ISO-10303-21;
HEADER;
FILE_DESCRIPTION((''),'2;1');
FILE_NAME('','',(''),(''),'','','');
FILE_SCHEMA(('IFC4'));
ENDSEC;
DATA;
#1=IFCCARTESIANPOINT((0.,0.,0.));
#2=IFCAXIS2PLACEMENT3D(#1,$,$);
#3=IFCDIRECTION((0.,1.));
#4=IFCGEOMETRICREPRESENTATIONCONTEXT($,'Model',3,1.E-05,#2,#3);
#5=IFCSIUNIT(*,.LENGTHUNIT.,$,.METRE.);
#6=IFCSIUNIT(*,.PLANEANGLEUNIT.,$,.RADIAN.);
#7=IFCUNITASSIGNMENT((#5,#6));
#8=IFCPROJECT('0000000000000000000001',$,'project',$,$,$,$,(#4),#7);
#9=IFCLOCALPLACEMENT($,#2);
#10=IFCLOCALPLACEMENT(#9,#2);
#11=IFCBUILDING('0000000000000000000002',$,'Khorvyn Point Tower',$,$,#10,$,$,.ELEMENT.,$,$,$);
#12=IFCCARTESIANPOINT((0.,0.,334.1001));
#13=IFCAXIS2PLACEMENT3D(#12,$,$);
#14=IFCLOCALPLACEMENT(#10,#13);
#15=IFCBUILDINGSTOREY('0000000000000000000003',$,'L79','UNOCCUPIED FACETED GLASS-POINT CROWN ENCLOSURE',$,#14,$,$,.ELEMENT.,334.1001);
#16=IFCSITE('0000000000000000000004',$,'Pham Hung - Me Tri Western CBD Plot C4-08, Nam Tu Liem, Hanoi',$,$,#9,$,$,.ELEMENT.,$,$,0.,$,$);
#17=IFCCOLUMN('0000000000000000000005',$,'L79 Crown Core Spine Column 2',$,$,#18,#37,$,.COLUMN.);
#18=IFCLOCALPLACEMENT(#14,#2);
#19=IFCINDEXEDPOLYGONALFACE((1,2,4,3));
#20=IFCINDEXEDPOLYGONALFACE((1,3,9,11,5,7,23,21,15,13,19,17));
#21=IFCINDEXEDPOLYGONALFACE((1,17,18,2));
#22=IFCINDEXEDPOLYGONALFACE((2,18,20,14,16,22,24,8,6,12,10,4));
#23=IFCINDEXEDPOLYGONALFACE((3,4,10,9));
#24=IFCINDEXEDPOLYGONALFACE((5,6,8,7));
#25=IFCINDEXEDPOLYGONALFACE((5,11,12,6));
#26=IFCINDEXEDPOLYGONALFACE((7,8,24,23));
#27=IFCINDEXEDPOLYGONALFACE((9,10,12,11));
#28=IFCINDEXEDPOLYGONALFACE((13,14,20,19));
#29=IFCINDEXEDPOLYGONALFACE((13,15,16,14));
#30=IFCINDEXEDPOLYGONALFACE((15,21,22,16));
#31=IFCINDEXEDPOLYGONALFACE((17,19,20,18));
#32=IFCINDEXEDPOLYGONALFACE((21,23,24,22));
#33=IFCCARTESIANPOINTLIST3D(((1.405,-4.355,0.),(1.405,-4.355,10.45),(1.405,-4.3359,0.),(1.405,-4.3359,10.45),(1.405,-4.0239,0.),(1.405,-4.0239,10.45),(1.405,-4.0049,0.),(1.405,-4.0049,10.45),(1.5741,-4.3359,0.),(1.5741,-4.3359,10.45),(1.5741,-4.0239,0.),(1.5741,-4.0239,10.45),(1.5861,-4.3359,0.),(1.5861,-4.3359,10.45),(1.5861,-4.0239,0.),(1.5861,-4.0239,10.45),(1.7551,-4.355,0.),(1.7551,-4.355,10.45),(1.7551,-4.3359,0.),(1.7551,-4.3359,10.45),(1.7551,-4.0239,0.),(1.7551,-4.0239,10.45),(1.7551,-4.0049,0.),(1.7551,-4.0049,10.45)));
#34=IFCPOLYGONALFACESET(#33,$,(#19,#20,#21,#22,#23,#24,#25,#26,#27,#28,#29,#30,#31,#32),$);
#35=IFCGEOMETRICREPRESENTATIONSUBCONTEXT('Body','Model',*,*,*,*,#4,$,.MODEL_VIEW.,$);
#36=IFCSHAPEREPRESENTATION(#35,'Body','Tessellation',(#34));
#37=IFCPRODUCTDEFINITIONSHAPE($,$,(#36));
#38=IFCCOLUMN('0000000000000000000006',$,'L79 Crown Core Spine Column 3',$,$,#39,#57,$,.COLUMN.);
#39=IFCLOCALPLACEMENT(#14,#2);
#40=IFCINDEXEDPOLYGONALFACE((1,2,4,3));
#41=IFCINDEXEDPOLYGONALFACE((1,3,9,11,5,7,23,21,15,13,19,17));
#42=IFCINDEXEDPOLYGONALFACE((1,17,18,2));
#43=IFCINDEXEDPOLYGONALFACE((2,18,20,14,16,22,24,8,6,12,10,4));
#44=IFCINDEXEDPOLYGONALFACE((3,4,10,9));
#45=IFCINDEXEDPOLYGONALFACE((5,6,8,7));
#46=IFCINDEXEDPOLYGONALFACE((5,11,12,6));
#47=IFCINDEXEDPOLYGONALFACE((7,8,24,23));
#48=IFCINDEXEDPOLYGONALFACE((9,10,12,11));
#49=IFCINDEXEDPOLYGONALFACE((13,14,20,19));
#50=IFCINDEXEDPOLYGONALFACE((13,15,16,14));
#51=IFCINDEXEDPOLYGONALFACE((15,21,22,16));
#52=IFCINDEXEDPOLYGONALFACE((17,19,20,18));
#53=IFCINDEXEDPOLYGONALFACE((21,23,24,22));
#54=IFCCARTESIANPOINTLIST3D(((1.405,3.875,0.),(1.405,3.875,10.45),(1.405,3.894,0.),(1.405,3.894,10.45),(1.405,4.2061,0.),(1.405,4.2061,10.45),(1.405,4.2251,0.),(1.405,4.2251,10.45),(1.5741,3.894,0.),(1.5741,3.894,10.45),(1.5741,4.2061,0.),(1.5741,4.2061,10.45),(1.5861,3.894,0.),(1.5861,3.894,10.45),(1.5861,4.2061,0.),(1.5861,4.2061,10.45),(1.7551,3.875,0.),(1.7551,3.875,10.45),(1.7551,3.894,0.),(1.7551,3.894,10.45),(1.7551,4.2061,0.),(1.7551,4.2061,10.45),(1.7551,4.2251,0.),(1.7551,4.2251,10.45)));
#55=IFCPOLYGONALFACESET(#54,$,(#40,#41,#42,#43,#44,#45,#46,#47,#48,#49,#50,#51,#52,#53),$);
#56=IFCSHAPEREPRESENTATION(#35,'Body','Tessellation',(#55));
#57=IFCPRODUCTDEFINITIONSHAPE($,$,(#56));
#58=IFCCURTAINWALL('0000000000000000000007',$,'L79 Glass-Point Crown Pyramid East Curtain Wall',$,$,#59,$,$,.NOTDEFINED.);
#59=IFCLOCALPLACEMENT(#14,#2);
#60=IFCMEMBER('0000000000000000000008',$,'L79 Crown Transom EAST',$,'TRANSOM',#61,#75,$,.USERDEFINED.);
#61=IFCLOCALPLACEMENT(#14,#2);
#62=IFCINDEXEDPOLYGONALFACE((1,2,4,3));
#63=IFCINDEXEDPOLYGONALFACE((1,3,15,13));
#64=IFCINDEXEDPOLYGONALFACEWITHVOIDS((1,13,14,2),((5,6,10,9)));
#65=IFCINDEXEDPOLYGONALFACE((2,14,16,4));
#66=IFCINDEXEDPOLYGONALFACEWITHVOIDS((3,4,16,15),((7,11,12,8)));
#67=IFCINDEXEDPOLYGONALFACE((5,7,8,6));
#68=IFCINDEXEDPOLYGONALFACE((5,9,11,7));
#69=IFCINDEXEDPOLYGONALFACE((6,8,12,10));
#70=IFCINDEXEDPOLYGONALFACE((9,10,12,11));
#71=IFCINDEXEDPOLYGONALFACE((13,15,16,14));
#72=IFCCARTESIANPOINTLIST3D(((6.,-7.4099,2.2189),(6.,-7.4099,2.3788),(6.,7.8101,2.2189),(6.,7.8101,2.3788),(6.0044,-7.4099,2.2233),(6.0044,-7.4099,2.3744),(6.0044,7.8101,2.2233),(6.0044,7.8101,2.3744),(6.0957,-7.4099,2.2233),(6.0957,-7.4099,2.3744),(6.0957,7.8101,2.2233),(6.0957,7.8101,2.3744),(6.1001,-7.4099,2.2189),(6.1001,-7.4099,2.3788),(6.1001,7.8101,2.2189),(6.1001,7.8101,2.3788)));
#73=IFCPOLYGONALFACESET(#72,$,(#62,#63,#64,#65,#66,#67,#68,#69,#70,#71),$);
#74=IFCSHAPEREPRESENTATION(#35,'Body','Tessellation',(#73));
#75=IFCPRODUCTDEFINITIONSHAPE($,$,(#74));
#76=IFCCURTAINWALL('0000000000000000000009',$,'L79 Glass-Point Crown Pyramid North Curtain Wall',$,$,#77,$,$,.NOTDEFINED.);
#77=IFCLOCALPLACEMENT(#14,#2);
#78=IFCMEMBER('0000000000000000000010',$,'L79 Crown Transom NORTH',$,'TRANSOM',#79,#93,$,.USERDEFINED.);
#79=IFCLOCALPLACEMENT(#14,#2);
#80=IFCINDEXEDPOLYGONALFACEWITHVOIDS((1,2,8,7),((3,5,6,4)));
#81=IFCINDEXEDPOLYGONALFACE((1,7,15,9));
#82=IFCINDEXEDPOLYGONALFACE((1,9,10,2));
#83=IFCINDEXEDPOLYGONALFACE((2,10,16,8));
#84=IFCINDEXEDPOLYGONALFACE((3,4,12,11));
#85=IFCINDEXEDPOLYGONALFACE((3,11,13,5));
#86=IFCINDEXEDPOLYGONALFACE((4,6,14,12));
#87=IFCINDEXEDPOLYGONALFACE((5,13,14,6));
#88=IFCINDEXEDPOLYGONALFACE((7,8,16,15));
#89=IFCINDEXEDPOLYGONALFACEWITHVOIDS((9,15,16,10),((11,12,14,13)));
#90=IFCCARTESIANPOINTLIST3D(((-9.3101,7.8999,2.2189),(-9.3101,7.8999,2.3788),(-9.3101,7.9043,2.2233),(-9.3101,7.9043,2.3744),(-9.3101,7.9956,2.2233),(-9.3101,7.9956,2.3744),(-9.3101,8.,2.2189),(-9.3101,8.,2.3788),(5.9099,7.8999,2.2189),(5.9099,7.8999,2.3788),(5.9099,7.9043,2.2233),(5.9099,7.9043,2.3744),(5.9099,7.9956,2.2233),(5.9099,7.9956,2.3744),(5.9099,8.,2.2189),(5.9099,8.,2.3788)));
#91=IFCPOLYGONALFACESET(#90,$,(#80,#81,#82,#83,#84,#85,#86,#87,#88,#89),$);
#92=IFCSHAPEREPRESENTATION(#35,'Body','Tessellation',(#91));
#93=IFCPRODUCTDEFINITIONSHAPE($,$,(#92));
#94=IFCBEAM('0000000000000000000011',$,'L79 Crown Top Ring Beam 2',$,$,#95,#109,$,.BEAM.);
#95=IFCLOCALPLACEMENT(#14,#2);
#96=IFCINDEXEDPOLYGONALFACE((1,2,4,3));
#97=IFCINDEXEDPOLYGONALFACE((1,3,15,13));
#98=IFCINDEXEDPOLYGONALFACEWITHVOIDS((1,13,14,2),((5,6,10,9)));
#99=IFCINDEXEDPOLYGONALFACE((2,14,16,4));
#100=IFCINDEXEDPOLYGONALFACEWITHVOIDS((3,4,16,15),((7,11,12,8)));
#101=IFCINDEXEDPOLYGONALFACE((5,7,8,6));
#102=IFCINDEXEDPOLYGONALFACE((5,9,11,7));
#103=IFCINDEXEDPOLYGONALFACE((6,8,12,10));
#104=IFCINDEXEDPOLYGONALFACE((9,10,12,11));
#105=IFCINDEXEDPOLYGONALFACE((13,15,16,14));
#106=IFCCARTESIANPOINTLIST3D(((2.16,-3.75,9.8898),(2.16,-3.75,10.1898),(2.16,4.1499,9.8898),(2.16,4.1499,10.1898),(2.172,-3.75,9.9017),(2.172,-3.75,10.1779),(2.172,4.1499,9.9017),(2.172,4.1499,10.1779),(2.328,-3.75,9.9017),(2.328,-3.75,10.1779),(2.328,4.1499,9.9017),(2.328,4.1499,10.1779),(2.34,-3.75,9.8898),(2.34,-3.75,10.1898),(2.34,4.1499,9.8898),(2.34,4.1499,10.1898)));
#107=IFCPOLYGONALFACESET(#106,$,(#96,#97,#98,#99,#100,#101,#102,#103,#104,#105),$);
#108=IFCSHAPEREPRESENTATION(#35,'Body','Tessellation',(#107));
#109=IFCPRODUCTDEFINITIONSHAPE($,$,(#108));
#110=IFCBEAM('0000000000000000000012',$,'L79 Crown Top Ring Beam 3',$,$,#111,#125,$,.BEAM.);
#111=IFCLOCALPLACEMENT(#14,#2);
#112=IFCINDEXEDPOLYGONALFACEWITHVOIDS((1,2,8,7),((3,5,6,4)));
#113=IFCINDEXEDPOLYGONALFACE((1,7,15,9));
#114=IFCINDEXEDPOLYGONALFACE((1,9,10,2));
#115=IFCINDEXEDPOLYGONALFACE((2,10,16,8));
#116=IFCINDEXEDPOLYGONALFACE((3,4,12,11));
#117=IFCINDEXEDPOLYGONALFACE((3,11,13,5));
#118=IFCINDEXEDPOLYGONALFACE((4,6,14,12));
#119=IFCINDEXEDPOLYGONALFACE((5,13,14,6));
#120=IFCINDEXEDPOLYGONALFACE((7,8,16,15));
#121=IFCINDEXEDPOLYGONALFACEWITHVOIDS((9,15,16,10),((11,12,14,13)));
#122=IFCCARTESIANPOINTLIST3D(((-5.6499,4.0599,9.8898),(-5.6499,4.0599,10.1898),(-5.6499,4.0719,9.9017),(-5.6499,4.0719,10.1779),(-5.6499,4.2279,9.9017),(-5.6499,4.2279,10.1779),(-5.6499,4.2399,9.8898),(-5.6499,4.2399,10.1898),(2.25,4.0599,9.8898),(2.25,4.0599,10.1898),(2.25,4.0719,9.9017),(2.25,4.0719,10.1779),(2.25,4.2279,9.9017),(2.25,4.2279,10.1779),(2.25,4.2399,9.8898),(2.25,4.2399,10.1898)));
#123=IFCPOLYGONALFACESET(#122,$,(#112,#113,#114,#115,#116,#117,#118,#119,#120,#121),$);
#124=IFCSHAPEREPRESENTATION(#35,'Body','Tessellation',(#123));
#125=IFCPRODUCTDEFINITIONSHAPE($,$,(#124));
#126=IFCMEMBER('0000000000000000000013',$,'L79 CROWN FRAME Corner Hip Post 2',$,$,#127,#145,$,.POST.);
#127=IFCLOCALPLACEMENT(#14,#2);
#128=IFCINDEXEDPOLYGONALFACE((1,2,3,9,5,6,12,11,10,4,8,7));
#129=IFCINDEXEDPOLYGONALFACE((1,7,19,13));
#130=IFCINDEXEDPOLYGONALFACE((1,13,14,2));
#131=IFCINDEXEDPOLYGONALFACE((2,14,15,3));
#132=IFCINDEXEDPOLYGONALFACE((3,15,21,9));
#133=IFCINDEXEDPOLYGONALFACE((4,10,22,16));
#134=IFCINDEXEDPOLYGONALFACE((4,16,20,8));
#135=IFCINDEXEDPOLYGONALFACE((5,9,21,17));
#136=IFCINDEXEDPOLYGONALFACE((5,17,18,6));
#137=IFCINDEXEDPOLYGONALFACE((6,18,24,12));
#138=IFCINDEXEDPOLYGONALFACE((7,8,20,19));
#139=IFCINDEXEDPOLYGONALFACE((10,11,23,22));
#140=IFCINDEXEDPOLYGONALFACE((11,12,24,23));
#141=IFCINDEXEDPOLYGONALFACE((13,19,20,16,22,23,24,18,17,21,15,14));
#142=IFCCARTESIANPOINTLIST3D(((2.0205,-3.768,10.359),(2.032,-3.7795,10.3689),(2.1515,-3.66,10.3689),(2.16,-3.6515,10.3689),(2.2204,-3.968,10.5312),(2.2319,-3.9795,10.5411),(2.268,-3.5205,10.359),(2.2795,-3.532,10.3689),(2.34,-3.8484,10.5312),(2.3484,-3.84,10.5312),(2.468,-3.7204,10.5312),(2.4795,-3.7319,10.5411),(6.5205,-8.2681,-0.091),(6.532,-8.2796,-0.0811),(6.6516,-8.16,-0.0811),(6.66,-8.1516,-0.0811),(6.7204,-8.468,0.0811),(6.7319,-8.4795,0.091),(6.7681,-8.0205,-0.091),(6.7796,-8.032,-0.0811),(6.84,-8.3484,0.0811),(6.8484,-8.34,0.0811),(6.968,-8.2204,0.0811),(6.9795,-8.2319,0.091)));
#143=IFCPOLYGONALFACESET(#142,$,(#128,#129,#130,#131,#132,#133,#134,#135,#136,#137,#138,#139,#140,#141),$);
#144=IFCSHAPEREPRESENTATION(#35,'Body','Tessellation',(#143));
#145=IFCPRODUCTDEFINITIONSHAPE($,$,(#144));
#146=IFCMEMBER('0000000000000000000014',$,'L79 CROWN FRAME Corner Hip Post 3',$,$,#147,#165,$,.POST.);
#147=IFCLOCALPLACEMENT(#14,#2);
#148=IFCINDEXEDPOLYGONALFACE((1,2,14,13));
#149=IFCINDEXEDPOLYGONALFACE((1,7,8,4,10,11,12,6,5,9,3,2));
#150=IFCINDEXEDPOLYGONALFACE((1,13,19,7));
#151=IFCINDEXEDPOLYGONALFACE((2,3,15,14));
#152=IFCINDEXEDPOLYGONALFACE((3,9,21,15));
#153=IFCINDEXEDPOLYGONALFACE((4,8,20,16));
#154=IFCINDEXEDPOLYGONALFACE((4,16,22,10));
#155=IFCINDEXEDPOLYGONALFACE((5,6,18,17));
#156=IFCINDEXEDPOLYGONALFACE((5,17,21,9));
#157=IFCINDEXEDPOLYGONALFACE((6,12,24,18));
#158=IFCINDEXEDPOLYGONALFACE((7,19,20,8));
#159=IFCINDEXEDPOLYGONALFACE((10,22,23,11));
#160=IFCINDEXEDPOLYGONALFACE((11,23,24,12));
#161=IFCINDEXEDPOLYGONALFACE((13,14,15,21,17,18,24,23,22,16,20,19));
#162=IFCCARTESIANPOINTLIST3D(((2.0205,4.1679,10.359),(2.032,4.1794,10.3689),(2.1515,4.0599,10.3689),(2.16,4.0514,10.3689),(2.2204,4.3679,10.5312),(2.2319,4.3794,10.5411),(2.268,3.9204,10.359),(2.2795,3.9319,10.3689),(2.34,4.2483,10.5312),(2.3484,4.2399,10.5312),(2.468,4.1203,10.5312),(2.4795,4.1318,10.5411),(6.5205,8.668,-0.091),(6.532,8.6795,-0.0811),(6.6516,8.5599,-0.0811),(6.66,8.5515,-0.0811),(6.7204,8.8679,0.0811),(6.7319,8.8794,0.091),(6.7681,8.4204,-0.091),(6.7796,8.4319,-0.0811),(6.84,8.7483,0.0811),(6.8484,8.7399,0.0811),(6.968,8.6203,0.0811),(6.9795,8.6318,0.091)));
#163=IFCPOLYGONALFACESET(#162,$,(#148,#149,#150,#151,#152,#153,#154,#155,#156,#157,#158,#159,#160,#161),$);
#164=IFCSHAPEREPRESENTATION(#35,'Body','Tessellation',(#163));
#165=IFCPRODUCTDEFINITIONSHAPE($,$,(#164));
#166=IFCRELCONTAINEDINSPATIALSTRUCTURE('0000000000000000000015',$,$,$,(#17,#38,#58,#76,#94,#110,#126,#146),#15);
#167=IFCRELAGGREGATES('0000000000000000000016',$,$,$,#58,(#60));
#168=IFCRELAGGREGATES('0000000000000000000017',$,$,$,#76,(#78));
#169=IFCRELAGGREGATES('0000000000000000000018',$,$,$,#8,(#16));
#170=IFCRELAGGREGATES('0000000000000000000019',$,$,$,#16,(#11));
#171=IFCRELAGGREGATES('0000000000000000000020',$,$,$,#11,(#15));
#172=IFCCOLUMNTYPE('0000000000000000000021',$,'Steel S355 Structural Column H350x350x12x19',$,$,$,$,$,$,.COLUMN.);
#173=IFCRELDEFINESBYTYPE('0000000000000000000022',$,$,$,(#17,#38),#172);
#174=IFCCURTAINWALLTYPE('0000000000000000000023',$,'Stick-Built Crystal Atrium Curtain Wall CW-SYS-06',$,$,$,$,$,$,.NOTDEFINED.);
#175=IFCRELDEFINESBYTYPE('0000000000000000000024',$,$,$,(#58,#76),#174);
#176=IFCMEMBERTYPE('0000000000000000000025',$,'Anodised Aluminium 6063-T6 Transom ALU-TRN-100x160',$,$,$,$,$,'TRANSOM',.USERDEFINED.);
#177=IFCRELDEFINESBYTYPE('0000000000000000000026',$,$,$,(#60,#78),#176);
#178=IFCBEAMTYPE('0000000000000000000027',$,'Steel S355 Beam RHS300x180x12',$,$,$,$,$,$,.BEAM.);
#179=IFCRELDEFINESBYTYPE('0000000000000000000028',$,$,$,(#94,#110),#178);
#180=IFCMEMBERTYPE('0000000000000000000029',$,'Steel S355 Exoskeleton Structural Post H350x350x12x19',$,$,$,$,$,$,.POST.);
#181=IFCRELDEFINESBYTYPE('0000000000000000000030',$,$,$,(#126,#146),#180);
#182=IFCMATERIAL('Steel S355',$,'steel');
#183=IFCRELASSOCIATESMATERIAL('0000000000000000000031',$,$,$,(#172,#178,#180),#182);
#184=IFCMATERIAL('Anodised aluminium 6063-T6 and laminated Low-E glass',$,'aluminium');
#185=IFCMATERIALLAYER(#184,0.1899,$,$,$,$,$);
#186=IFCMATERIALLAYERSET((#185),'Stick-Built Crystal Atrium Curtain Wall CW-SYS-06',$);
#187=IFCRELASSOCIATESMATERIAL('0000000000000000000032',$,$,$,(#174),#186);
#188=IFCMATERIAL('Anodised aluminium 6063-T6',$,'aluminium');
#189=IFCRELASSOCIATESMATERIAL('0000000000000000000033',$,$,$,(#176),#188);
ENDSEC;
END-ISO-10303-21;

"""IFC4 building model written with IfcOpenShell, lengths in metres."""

from ifc_helpers import new_model, si_unit, direction, frame, origin, origin_2d, place, context, subcontext, project, spatial, hollow_rectangle, i_section, extrude, material, layer, layer_set, material_profile, profile_set, type_object, element, aggregate, save


model = new_model("IFC4")

# Units and contexts
model_context = context("Model", 3, precision=1e-05, world=origin(), true_north=direction((0.0, 1.0)))
body_context = subcontext(model_context, "Body", "Model", "MODEL_VIEW")
ifc_project = project(units=[si_unit("LENGTHUNIT", "METRE"), si_unit("PLANEANGLEUNIT", "RADIAN")], contexts=[model_context])

# Site, building, storey
site_placement = place(None, origin())
site = spatial("IfcSite", under=ifc_project, at=site_placement, Name="Pham Hung - Me Tri Western CBD Plot C4-08, Nam Tu Liem, Hanoi", CompositionType="ELEMENT", RefElevation=0.0)
building_placement = place(site_placement, origin())
building = spatial("IfcBuilding", under=site, at=building_placement, Name="Khorvyn Point Tower", CompositionType="ELEMENT")
storey_placement = place(building_placement, frame((0.0, 0.0, 334.1001)))
storey = spatial("IfcBuildingStorey", under=building, at=storey_placement, Name="L79", Description="UNOCCUPIED FACETED GLASS-POINT CROWN ENCLOSURE", CompositionType="ELEMENT", Elevation=334.1001)

# Columns
ifc_material_1 = material(Name="Steel S355", Category="steel")
ifc_material_profile_1 = material_profile(ifc_material_1, i_section(OverallWidth=0.3501, OverallDepth=0.3501, WebThickness=0.012, FlangeThickness=0.019, at=origin_2d()))
ifc_profile_set_1 = profile_set([ifc_material_profile_1], Name="Steel S355 H350x350x12x19")
column_type = type_object("IfcColumnType", Name="Steel S355 Structural Column H350x350x12x19", PredefinedType="COLUMN", material=ifc_profile_set_1)
for number, where, z_axis, x_axis, name in (
    (1, (1.5801, -4.1799, 0.0), (0.0, 0.0, 1.0), (1.0, 0.0, 0.0), "L79 Crown Core Spine Column 2"),
    (2, (1.5801, 4.05, 0.0), (0.0, 0.0, 1.0), (1.0, 0.0, 0.0), "L79 Crown Core Spine Column 3"),
):
    element("IfcColumn", number, at=place(storey_placement, frame(where, z_axis=z_axis, x_axis=x_axis)), inside=storey, type_object=column_type, Name=name, PredefinedType="COLUMN", context=body_context, shape_type="SweptSolid", body=[
        extrude(i_section(OverallWidth=0.3501, OverallDepth=0.3501, WebThickness=0.012, FlangeThickness=0.019, at=origin_2d()), origin(), (0.0, 0.0, 1.0), 10.45),
    ])

# Curtain walls, members
ifc_material_2 = material(Name="Anodised aluminium 6063-T6 and laminated Low-E glass", Category="aluminium")
ifc_layer_1 = layer(ifc_material_2, 0.1899)
ifc_layer_set_1 = layer_set([ifc_layer_1], Name="Stick-Built Crystal Atrium Curtain Wall CW-SYS-06")
curtain_wall_type = type_object("IfcCurtainWallType", Name="Stick-Built Crystal Atrium Curtain Wall CW-SYS-06", PredefinedType="NOTDEFINED", material=ifc_layer_set_1)
curtain_wall_1_placement = place(storey_placement, origin())
curtain_wall_1 = element("IfcCurtainWall", 3, at=curtain_wall_1_placement, inside=storey, type_object=curtain_wall_type, Name="L79 Glass-Point Crown Pyramid East Curtain Wall", PredefinedType="NOTDEFINED")
ifc_material_3 = material(Name="Anodised aluminium 6063-T6", Category="aluminium")
ifc_material_profile_2 = material_profile(ifc_material_3, hollow_rectangle(XDim=0.1001, YDim=0.1599, WallThickness=0.0044, at=origin_2d()))
ifc_profile_set_2 = profile_set([ifc_material_profile_2], Name="Anodised aluminium 6063-T6 ALU-TRN-100x160")
member_type_1 = type_object("IfcMemberType", Name="Anodised Aluminium 6063-T6 Transom ALU-TRN-100x160", ElementType="TRANSOM", PredefinedType="USERDEFINED", material=ifc_profile_set_2)
member_1_placement = place(storey_placement, frame((6.05, -7.4099, 2.2988), z_axis=(0.0, 1.0, 0.0), x_axis=(-1.0, 0.0, 0.0)))
member_1 = element("IfcMember", 4, at=member_1_placement, type_object=member_type_1, Name="L79 Crown Transom EAST", ObjectType="TRANSOM", PredefinedType="USERDEFINED", context=body_context, shape_type="SweptSolid", body=[
    extrude(hollow_rectangle(XDim=0.1001, YDim=0.1599, WallThickness=0.0044, at=origin_2d()), origin(), (0.0, 0.0, 1.0), 15.22),
])
curtain_wall_2_placement = place(storey_placement, origin())
curtain_wall_2 = element("IfcCurtainWall", 5, at=curtain_wall_2_placement, inside=storey, type_object=curtain_wall_type, Name="L79 Glass-Point Crown Pyramid North Curtain Wall", PredefinedType="NOTDEFINED")
member_2_placement = place(storey_placement, frame((5.9099, 7.95, 2.2988), z_axis=(-1.0, 0.0, 0.0), x_axis=(0.0, -1.0, 0.0)))
member_2 = element("IfcMember", 6, at=member_2_placement, type_object=member_type_1, Name="L79 Crown Transom NORTH", ObjectType="TRANSOM", PredefinedType="USERDEFINED", context=body_context, shape_type="SweptSolid", body=[
    extrude(hollow_rectangle(XDim=0.1001, YDim=0.1599, WallThickness=0.0044, at=origin_2d()), origin(), (0.0, 0.0, 1.0), 15.22),
])

# Beams
ifc_material_profile_3 = material_profile(ifc_material_1, hollow_rectangle(XDim=0.1799, YDim=0.3, WallThickness=0.012, at=origin_2d()))
ifc_profile_set_3 = profile_set([ifc_material_profile_3], Name="Steel S355 RHS300x180x12")
beam_type_1 = type_object("IfcBeamType", Name="Steel S355 Beam RHS300x180x12", PredefinedType="BEAM", material=ifc_profile_set_3)
for number, where, z_axis, x_axis, name in (
    (7, (2.25, -3.75, 10.0398), (0.0, 1.0, 0.0), (-1.0, 0.0, 0.0), "L79 Crown Top Ring Beam 2"),
    (8, (2.25, 4.1499, 10.0398), (-1.0, 0.0, 0.0), (0.0, -1.0, 0.0), "L79 Crown Top Ring Beam 3"),
):
    element("IfcBeam", number, at=place(storey_placement, frame(where, z_axis=z_axis, x_axis=x_axis)), inside=storey, type_object=beam_type_1, Name=name, PredefinedType="BEAM", context=body_context, shape_type="SweptSolid", body=[
        extrude(hollow_rectangle(XDim=0.1799, YDim=0.3, WallThickness=0.012, at=origin_2d()), origin(), (0.0, 0.0, 1.0), 7.8999),
    ])

# Members
ifc_material_profile_4 = material_profile(ifc_material_1, i_section(OverallWidth=0.3501, OverallDepth=0.3501, WebThickness=0.012, FlangeThickness=0.019, at=origin_2d()))
ifc_profile_set_4 = profile_set([ifc_material_profile_4], Name="Steel S355 H350x350x12x19")
member_type_2 = type_object("IfcMemberType", Name="Steel S355 Exoskeleton Structural Post H350x350x12x19", PredefinedType="POST", material=ifc_profile_set_4)
for number, where, z_axis, x_axis, name in (
    (9, (6.75, -8.25, 0.0), (-0.36779, 0.36779, 0.854085), (-0.707107, -0.707107, 0.0), "L79 CROWN FRAME Corner Hip Post 2"),
    (10, (6.75, 8.6499, 0.0), (-0.36779, -0.36779, 0.854085), (0.707107, -0.707107, 0.0), "L79 CROWN FRAME Corner Hip Post 3"),
):
    element("IfcMember", number, at=place(storey_placement, frame(where, z_axis=z_axis, x_axis=x_axis)), inside=storey, type_object=member_type_2, Name=name, PredefinedType="POST", context=body_context, shape_type="SweptSolid", body=[
        extrude(i_section(OverallWidth=0.3501, OverallDepth=0.3501, WebThickness=0.012, FlangeThickness=0.019, at=origin_2d()), origin(), (0.0, 0.0, 1.0), 12.2354),
    ])

aggregate(curtain_wall_1, [member_1])
aggregate(curtain_wall_2, [member_2])

save(model, "model.ifc")
